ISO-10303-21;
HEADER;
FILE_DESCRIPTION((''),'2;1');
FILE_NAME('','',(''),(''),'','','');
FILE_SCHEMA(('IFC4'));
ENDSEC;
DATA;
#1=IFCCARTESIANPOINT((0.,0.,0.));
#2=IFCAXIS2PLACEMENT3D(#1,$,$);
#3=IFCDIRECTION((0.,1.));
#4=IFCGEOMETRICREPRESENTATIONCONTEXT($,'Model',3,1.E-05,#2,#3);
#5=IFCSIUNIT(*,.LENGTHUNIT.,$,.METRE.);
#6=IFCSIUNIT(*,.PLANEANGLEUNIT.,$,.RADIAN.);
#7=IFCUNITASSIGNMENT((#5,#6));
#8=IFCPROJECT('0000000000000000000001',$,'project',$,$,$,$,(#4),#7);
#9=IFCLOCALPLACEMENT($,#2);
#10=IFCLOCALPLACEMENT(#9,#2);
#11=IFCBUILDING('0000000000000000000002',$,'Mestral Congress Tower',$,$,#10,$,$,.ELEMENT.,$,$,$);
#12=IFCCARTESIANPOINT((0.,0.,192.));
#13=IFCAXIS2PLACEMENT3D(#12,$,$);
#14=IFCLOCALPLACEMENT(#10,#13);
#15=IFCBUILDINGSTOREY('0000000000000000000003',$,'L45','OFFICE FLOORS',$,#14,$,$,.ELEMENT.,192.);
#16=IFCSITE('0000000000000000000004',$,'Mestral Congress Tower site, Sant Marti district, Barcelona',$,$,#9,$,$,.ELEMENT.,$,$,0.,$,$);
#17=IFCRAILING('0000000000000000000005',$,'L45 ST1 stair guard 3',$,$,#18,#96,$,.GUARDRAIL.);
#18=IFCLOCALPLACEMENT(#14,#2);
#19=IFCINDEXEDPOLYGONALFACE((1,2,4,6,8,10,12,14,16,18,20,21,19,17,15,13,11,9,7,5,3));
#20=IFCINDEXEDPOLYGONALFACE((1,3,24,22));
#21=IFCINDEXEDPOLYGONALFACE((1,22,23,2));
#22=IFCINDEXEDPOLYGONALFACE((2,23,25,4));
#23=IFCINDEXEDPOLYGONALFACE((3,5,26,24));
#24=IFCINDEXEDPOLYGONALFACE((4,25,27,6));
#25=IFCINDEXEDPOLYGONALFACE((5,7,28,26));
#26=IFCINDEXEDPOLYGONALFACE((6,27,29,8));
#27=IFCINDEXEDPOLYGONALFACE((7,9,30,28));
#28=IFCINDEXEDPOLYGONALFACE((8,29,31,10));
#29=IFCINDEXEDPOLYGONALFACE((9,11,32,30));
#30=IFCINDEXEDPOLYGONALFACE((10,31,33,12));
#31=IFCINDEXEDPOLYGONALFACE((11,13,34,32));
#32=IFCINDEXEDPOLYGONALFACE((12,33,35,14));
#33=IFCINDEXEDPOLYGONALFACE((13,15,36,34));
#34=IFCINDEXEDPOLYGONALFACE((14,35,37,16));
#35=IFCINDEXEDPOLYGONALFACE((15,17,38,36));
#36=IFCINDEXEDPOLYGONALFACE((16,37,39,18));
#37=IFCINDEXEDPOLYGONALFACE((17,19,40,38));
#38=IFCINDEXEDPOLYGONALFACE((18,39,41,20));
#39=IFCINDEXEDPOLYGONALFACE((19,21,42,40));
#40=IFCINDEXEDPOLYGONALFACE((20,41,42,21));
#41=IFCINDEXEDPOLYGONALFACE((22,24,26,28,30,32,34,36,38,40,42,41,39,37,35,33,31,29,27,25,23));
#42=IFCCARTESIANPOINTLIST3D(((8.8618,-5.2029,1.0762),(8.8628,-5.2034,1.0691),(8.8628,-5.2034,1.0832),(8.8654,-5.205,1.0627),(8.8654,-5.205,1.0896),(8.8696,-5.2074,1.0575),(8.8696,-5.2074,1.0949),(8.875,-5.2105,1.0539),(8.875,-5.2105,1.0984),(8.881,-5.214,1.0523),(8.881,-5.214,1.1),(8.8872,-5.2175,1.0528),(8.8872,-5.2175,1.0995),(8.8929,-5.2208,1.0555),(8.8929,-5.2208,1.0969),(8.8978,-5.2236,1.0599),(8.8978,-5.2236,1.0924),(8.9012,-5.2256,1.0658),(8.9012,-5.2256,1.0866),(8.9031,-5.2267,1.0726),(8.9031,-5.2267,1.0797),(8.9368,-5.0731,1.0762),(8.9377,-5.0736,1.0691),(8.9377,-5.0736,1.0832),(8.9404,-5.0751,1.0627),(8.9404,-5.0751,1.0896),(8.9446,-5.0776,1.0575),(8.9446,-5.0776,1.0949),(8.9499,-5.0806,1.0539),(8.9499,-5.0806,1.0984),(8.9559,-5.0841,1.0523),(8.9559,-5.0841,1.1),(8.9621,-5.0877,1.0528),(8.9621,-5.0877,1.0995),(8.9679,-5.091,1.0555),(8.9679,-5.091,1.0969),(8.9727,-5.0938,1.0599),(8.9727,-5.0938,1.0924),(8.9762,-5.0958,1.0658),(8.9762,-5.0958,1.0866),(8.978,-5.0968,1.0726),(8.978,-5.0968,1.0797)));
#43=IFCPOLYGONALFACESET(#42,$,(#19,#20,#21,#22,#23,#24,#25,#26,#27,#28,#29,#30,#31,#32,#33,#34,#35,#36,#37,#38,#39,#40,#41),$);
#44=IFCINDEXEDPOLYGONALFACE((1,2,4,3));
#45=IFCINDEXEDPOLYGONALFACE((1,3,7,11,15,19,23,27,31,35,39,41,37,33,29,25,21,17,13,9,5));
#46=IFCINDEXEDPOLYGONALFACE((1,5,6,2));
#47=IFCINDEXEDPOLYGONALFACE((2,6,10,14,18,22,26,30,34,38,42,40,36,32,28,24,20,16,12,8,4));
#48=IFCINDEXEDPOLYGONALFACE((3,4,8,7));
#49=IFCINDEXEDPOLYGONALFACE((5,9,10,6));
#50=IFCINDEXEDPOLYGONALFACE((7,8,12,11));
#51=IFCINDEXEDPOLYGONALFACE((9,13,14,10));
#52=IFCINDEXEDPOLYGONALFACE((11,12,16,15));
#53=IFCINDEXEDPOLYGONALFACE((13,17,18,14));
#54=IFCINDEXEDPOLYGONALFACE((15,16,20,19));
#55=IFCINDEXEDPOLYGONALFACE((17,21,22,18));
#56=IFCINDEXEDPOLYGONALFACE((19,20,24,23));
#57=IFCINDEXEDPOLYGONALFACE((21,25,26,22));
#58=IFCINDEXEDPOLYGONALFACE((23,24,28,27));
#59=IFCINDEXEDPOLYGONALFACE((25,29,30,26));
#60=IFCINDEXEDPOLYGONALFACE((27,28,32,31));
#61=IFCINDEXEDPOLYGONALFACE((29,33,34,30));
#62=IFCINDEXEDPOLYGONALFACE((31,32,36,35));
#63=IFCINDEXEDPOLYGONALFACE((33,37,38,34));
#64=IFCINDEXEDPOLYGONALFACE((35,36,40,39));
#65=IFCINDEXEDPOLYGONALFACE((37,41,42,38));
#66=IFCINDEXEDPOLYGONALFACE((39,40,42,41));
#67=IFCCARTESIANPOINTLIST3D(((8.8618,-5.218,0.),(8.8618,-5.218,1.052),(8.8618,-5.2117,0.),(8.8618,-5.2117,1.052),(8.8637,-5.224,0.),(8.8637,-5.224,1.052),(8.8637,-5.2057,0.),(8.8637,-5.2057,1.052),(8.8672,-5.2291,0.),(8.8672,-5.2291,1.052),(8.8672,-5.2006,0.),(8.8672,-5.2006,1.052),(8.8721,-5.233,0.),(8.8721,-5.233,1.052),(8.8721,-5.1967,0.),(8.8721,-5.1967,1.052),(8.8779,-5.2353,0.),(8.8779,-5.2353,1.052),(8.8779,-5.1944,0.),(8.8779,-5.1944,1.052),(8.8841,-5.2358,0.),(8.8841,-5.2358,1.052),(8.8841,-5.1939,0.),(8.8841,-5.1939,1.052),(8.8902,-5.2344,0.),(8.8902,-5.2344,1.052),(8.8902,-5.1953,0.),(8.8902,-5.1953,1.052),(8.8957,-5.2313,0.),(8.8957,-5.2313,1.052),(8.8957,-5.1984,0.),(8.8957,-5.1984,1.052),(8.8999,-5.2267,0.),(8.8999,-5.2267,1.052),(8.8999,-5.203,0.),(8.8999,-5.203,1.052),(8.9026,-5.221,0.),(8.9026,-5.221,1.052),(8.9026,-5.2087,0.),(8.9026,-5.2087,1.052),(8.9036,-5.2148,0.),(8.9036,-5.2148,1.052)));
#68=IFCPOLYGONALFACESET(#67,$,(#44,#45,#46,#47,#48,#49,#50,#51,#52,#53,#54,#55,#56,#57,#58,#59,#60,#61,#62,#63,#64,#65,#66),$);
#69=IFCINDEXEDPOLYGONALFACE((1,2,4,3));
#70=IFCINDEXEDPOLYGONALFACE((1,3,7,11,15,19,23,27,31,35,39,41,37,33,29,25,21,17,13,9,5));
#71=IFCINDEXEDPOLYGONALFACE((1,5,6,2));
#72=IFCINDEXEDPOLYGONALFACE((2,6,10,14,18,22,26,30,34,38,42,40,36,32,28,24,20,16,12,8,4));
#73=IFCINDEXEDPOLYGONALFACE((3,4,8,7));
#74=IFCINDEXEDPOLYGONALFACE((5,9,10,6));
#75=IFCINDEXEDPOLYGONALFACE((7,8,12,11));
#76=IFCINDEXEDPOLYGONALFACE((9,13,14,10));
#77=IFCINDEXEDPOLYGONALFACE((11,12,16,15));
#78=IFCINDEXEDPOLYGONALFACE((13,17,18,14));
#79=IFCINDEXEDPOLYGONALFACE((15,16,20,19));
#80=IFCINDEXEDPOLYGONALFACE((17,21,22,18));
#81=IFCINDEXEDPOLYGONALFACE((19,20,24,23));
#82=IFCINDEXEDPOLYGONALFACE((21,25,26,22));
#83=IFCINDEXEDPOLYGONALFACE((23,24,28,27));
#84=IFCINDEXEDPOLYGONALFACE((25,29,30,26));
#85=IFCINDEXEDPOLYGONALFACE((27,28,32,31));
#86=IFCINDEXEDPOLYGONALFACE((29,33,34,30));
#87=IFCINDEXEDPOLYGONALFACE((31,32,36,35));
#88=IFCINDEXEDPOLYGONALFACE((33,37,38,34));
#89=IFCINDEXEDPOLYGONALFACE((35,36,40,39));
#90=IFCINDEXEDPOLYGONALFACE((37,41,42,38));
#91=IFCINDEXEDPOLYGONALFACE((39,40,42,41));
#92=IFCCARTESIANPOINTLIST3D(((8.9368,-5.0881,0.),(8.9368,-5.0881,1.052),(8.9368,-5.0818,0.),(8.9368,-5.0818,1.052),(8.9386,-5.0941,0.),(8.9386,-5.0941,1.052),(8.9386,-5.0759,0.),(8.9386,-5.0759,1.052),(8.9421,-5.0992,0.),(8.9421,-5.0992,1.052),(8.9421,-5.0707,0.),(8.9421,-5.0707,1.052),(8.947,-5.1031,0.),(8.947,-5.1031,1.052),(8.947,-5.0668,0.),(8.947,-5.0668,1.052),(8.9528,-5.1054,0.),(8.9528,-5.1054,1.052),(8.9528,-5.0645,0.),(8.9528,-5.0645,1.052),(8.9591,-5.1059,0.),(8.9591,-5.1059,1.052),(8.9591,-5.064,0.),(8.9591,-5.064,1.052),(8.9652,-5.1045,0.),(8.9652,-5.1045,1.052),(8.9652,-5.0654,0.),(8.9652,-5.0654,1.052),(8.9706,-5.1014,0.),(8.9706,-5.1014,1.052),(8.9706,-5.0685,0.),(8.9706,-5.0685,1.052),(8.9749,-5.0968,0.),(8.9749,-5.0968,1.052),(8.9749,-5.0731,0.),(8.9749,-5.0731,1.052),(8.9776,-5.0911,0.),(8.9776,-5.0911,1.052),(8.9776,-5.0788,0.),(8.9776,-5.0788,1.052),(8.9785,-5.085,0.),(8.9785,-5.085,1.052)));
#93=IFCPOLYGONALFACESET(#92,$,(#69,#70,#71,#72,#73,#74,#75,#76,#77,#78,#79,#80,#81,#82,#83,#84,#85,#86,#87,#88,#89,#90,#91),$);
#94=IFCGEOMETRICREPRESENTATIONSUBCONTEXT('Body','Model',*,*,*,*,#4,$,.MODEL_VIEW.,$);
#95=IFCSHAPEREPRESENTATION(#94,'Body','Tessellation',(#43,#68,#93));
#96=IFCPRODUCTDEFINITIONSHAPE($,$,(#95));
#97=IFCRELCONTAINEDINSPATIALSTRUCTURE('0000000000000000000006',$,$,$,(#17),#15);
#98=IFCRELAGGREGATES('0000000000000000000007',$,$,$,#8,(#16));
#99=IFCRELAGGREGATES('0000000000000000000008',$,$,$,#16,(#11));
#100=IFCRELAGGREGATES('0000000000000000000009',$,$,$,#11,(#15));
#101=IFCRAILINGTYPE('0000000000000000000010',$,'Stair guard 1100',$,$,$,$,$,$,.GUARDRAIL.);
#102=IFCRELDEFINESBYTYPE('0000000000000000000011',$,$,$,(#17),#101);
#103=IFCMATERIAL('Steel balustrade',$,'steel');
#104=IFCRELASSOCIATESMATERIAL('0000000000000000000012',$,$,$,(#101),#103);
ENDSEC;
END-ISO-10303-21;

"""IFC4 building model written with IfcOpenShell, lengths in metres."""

from ifc_helpers import new_model, si_unit, direction, frame, origin, origin_2d, place, context, subcontext, project, spatial, circle, extrude, material, type_object, element, save


model = new_model("IFC4")

# Units and contexts
model_context = context("Model", 3, precision=1e-05, world=origin(), true_north=direction((0.0, 1.0)))
body_context = subcontext(model_context, "Body", "Model", "MODEL_VIEW")
ifc_project = project(units=[si_unit("LENGTHUNIT", "METRE"), si_unit("PLANEANGLEUNIT", "RADIAN")], contexts=[model_context])

# Site, building, storey
site_placement = place(None, origin())
site = spatial("IfcSite", under=ifc_project, at=site_placement, Name="Mestral Congress Tower site, Sant Marti district, Barcelona", CompositionType="ELEMENT", RefElevation=0.0)
building_placement = place(site_placement, origin())
building = spatial("IfcBuilding", under=site, at=building_placement, Name="Mestral Congress Tower", CompositionType="ELEMENT")
storey_placement = place(building_placement, frame((0.0, 0.0, 192.0)))
storey = spatial("IfcBuildingStorey", under=building, at=storey_placement, Name="L45", Description="OFFICE FLOORS", CompositionType="ELEMENT", Elevation=192.0)

# Railing
ifc_material_1 = material(Name="Steel balustrade", Category="steel")
railing_type_1 = type_object("IfcRailingType", Name="Stair guard 1100", PredefinedType="GUARDRAIL", material=ifc_material_1)
railing_1_placement = place(storey_placement, frame((8.8826, -5.2148, 0.0)))
element("IfcRailing", 1, at=railing_1_placement, inside=storey, type_object=railing_type_1, Name="L45 ST1 stair guard 3", PredefinedType="GUARDRAIL", context=body_context, shape_type="SweptSolid", body=[
    extrude(circle(Radius=0.0239, at=origin_2d()), frame((0.0, 0.0, 1.0762), z_axis=(0.499816, 0.866131, 0.0), x_axis=(-0.866131, 0.499816, 0.0)), (0.0, 0.0, 1.0), 0.1499),
    extrude(circle(Radius=0.021, at=origin_2d()), origin(), (0.0, 0.0, 1.0), 1.052),
    extrude(circle(Radius=0.021, at=origin_2d()), frame((0.075, 0.1299, 0.0)), (0.0, 0.0, 1.0), 1.052),
])

save(model, "model.ifc")
